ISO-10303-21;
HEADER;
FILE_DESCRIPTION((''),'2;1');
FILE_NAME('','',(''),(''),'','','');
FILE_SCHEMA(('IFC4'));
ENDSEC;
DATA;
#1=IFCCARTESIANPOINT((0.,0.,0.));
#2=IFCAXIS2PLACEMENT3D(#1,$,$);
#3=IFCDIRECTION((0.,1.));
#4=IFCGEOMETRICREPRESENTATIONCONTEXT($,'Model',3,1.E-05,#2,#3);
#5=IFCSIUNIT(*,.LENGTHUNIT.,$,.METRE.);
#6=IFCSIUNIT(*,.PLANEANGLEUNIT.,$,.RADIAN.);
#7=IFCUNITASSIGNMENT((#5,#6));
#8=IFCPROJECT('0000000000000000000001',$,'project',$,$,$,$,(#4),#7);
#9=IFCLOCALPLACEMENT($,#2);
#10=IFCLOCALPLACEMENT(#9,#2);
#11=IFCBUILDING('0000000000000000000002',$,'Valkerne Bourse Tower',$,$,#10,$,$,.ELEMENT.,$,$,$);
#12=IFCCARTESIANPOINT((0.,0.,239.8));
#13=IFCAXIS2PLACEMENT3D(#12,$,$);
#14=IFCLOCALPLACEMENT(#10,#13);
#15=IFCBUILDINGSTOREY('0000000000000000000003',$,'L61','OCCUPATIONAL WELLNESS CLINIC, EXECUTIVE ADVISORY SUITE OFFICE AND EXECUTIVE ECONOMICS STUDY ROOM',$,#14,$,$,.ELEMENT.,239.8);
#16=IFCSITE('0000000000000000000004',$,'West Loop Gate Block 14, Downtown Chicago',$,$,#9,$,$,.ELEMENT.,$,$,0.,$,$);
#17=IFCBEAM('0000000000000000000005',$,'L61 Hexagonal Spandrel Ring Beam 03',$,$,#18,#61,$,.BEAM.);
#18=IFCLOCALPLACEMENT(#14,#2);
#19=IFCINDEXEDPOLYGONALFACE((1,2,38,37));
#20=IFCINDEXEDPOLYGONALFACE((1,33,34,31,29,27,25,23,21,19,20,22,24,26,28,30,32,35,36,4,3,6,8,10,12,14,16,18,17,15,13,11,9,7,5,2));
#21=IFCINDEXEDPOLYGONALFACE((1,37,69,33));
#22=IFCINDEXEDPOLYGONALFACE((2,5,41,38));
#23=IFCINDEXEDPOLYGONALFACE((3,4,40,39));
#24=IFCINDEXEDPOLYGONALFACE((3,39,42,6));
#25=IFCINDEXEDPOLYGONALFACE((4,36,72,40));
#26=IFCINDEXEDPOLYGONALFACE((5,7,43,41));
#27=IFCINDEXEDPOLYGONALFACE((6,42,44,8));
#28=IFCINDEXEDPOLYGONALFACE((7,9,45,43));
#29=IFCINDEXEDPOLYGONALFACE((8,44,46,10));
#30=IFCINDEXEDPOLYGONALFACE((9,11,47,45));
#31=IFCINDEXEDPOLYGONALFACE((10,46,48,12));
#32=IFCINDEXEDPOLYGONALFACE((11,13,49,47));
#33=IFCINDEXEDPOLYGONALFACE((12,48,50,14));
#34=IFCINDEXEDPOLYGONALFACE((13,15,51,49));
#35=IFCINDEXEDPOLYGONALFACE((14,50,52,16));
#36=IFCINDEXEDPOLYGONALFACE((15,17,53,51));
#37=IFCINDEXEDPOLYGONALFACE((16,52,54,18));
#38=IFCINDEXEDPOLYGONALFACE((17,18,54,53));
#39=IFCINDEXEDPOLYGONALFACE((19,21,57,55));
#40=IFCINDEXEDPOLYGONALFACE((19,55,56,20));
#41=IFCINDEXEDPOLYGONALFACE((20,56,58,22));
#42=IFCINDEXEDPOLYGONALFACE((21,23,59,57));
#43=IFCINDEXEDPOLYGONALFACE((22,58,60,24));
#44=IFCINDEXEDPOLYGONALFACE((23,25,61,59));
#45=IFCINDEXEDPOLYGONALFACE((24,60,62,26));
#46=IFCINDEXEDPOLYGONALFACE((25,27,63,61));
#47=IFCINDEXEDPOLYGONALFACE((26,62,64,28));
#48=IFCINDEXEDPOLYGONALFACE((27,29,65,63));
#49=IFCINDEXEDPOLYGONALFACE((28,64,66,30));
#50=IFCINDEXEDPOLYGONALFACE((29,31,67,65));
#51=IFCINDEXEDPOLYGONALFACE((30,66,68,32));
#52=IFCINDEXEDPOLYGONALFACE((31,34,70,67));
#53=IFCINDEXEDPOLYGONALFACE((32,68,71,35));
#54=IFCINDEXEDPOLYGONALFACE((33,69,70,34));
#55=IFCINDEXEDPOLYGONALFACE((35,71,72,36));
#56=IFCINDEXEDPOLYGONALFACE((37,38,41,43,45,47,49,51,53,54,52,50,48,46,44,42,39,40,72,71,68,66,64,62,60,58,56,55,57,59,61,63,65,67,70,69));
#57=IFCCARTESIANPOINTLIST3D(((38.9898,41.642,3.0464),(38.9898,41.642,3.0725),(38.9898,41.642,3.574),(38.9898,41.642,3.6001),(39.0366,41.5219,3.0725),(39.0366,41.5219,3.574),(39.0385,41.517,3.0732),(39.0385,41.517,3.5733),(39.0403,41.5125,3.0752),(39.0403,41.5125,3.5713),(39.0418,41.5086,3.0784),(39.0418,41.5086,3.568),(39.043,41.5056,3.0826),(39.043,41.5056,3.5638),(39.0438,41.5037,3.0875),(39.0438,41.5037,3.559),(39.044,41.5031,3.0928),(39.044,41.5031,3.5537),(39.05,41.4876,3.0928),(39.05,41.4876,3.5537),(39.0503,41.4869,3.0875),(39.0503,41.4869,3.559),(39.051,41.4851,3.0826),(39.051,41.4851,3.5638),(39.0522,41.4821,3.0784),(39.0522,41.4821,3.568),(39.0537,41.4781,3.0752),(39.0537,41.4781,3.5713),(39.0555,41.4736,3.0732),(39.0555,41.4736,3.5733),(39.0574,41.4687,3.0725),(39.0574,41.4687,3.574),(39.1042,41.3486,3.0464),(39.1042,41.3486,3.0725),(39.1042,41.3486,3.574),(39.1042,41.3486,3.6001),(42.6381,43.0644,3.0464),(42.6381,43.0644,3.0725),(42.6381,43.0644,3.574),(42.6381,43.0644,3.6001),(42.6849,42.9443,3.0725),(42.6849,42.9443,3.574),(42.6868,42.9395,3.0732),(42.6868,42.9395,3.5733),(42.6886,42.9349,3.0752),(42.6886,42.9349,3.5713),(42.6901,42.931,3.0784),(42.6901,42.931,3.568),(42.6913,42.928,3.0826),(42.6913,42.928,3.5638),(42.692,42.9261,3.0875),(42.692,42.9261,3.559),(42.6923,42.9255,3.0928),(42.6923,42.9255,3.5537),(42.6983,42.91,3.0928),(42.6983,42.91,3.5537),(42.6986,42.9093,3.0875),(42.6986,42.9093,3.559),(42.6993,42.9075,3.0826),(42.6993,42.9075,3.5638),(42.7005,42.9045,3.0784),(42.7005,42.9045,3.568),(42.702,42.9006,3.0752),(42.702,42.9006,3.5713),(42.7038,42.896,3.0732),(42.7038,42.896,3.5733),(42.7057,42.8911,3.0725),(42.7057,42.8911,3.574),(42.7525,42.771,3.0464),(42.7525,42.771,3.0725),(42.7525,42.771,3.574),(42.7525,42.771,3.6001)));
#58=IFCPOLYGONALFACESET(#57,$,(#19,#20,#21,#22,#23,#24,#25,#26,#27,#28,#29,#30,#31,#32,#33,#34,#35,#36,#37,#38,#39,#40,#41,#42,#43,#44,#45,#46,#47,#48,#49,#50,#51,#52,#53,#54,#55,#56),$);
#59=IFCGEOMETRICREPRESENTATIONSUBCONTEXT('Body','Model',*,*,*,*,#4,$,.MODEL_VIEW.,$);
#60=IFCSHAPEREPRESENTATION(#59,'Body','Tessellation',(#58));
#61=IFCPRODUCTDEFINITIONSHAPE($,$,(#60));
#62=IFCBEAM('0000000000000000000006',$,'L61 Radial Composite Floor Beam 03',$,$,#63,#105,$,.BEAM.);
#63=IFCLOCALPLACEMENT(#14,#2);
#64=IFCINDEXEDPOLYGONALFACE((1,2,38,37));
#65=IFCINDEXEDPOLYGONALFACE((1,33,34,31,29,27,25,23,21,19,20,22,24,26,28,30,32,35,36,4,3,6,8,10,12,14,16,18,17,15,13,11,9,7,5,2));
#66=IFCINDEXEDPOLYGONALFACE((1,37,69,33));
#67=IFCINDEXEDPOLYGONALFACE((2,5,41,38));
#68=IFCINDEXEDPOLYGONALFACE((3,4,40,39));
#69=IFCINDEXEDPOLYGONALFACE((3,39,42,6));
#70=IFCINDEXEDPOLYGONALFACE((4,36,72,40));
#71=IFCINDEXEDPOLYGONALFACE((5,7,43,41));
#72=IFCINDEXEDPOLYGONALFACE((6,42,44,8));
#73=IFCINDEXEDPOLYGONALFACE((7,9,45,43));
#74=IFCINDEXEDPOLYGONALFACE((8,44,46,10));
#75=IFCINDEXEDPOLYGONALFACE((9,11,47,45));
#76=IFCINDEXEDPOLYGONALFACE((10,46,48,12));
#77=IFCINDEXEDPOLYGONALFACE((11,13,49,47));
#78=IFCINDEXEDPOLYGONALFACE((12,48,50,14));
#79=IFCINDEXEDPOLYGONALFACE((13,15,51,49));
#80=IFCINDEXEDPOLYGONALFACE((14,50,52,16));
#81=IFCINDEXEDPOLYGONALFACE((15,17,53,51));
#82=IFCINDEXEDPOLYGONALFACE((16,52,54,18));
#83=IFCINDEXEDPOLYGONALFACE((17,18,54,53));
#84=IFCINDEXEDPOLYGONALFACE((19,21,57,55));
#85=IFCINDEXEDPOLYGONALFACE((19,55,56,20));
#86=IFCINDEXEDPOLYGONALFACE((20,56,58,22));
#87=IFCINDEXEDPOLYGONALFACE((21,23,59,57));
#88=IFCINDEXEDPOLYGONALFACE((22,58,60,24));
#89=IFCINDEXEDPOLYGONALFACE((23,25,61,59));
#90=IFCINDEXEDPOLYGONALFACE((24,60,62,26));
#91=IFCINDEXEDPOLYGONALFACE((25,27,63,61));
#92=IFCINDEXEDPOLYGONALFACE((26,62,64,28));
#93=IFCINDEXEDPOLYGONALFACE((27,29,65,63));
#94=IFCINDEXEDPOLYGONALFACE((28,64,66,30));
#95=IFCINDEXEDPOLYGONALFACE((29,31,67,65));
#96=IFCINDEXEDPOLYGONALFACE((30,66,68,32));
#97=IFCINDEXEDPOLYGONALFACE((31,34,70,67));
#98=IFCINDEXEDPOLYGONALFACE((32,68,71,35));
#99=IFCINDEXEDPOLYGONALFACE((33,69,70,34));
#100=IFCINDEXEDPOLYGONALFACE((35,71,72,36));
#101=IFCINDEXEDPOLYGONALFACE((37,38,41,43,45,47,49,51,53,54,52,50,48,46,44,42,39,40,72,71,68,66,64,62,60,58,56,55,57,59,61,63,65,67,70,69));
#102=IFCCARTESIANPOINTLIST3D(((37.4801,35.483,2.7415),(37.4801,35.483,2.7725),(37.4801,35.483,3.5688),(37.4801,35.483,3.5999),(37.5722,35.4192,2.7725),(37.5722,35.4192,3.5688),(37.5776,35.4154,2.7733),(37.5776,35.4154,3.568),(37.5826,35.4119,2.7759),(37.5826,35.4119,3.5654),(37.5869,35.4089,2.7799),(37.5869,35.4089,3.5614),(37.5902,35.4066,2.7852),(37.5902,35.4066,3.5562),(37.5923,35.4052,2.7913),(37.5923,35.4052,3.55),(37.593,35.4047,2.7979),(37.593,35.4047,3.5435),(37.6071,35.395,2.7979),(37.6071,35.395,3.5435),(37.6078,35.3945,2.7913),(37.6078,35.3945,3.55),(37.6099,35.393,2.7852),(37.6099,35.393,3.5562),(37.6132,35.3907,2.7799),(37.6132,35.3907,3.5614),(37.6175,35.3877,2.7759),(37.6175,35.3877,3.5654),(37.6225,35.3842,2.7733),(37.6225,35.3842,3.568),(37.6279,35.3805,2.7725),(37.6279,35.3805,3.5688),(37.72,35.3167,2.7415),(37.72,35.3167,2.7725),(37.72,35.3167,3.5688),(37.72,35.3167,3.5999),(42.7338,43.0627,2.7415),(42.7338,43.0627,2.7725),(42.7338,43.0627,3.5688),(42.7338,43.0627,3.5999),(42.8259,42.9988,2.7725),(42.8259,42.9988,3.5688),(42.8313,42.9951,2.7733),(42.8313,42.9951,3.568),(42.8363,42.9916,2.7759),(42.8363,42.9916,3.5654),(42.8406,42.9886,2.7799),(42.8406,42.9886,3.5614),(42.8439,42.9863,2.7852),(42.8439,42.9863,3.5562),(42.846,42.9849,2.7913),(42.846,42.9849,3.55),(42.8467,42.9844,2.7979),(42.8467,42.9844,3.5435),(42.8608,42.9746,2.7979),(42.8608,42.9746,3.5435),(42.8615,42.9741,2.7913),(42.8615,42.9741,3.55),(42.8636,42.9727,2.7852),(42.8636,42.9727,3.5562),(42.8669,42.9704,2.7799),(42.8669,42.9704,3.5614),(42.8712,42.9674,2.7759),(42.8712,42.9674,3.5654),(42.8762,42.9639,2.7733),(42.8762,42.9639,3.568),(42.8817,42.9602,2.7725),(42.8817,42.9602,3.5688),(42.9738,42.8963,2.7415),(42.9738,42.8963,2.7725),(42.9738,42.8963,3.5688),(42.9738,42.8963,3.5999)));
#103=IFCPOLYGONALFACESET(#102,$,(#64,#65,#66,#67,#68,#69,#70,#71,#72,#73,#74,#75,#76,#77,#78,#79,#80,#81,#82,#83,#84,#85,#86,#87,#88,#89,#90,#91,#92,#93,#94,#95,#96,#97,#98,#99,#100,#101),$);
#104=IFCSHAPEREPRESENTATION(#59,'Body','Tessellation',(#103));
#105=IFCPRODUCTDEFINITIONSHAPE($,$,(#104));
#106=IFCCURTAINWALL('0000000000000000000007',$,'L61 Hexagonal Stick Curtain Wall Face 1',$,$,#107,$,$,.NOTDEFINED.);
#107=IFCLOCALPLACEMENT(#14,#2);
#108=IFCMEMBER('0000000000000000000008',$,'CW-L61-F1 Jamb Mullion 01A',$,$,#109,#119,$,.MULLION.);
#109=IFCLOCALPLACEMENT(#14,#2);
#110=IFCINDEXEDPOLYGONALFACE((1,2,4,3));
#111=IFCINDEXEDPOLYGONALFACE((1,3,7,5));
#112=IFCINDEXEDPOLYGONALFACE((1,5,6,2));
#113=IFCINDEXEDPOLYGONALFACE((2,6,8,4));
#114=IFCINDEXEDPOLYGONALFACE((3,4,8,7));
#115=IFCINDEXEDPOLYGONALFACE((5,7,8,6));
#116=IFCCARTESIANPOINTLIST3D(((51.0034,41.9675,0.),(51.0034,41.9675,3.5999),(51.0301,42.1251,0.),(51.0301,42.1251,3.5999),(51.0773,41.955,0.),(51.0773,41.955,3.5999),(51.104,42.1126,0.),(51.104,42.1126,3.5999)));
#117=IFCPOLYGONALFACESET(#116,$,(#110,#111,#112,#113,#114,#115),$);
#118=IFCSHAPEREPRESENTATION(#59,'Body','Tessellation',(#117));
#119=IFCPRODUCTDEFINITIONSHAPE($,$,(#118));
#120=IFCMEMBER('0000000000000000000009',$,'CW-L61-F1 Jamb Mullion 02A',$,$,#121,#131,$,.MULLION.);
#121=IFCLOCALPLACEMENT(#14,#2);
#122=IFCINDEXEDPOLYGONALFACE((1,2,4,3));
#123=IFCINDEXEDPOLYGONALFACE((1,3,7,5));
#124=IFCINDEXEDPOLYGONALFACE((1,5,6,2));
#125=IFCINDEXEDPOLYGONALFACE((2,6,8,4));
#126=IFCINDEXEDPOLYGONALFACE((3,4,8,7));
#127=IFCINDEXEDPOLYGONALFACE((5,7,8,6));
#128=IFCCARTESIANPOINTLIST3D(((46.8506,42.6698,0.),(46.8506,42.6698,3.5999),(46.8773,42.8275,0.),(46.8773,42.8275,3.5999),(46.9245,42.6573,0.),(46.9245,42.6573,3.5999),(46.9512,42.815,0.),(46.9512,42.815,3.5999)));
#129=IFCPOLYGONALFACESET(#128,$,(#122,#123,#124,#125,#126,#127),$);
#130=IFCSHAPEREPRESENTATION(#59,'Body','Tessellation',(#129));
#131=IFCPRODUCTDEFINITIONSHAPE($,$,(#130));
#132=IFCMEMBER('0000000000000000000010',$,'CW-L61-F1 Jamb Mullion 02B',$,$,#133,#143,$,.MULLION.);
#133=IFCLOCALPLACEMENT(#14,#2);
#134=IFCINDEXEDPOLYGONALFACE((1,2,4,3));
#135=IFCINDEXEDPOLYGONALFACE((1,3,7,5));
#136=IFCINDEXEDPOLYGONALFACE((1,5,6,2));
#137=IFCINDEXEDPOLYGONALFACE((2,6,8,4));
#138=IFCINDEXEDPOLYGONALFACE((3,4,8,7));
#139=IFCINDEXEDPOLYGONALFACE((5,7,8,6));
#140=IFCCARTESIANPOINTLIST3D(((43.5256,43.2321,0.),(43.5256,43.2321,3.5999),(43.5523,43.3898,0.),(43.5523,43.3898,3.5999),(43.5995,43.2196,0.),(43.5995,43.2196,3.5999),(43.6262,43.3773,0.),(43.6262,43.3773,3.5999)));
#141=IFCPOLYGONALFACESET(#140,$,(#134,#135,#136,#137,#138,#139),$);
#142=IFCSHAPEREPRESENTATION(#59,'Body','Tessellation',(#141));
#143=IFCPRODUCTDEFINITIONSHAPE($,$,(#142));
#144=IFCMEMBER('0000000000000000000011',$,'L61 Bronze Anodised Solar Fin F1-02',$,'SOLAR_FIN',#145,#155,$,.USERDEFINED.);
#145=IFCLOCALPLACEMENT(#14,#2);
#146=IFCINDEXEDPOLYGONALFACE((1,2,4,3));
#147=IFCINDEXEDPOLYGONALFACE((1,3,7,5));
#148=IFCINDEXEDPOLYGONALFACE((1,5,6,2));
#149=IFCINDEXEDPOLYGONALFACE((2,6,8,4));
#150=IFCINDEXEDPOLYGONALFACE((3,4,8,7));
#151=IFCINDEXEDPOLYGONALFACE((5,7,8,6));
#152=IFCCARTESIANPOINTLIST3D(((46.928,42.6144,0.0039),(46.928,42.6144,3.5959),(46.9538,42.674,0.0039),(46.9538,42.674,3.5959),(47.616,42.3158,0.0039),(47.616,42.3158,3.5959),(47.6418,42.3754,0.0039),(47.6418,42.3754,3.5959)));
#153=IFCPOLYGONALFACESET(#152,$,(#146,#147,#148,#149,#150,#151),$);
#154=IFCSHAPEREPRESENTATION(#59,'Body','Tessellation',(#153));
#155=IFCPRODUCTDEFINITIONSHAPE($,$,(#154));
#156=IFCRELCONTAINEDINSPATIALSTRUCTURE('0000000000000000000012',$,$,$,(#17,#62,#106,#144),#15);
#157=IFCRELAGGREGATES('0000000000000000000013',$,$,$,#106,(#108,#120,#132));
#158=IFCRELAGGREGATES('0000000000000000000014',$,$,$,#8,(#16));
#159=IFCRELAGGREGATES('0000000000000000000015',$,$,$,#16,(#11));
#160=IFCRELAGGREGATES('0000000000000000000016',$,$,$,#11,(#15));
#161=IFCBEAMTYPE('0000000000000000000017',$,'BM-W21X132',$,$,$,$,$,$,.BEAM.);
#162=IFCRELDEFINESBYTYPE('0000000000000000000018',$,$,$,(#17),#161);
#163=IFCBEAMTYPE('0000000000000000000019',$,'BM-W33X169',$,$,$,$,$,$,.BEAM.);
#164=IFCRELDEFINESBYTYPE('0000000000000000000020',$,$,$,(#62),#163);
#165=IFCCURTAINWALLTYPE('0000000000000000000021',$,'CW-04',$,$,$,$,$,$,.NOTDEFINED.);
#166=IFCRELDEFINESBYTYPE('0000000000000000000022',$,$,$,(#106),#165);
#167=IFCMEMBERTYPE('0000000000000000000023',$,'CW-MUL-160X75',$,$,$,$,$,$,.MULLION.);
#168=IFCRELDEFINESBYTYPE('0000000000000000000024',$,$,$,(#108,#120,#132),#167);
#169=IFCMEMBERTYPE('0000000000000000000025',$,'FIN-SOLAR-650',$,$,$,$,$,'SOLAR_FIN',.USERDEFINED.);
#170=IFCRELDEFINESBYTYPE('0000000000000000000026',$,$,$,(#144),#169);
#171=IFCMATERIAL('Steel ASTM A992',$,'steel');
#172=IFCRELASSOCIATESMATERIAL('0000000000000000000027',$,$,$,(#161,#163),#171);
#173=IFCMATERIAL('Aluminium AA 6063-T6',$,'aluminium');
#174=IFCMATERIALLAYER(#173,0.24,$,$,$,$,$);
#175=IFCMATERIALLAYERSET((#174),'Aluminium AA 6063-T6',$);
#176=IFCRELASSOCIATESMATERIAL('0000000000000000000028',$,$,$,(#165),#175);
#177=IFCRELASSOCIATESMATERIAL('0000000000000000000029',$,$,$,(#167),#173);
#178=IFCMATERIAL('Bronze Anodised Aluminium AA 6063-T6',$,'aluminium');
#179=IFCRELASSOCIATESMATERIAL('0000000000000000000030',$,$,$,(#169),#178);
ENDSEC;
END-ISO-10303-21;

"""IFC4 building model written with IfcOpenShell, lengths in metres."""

from ifc_helpers import new_model, si_unit, direction, frame, origin, origin_2d, place, context, subcontext, project, spatial, rectangle, i_section, extrude, material, layer, layer_set, material_profile, profile_set, type_object, element, aggregate, save


model = new_model("IFC4")

# Units and contexts
model_context = context("Model", 3, precision=1e-05, world=origin(), true_north=direction((0.0, 1.0)))
body_context = subcontext(model_context, "Body", "Model", "MODEL_VIEW")
ifc_project = project(units=[si_unit("LENGTHUNIT", "METRE"), si_unit("PLANEANGLEUNIT", "RADIAN")], contexts=[model_context])

# Site, building, storey
site_placement = place(None, origin())
site = spatial("IfcSite", under=ifc_project, at=site_placement, Name="West Loop Gate Block 14, Downtown Chicago", CompositionType="ELEMENT", RefElevation=0.0)
building_placement = place(site_placement, origin())
building = spatial("IfcBuilding", under=site, at=building_placement, Name="Valkerne Bourse Tower", CompositionType="ELEMENT")
storey_placement = place(building_placement, frame((0.0, 0.0, 239.8)))
storey = spatial("IfcBuildingStorey", under=building, at=storey_placement, Name="L61", Description="OCCUPATIONAL WELLNESS CLINIC, EXECUTIVE ADVISORY SUITE OFFICE AND EXECUTIVE ECONOMICS STUDY ROOM", CompositionType="ELEMENT", Elevation=239.8)

# Beams
ifc_material_1 = material(Name="Steel ASTM A992", Category="steel")
ifc_material_profile_1 = material_profile(ifc_material_1, i_section(OverallWidth=0.3149, OverallDepth=0.5537, WebThickness=0.0166, FlangeThickness=0.0261, FilletRadius=0.0203, at=origin_2d()), Name="W21X132")
ifc_profile_set_1 = profile_set([ifc_material_profile_1], Name="Steel ASTM A992")
beam_type_1 = type_object("IfcBeamType", Name="BM-W21X132", PredefinedType="BEAM", material=ifc_profile_set_1)
beam_1_placement = place(storey_placement, frame((42.6953, 42.9177, 3.3232), z_axis=(-0.931692, -0.363249, 0.0), x_axis=(0.363249, -0.931692, 0.0)))
element("IfcBeam", 1, at=beam_1_placement, inside=storey, type_object=beam_type_1, Name="L61 Hexagonal Spandrel Ring Beam 03", PredefinedType="BEAM", context=body_context, shape_type="SweptSolid", body=[
    extrude(i_section(OverallWidth=0.3149, OverallDepth=0.5537, WebThickness=0.0166, FlangeThickness=0.0261, FilletRadius=0.0203, at=origin_2d()), origin(), (0.0, 0.0, 1.0), 3.9158),
])
ifc_material_profile_2 = material_profile(ifc_material_1, i_section(OverallWidth=0.292, OverallDepth=0.8584, WebThickness=0.0171, FlangeThickness=0.031, FilletRadius=0.0254, at=origin_2d()), Name="W33X169")
ifc_profile_set_2 = profile_set([ifc_material_profile_2], Name="Steel ASTM A992")
beam_type_2 = type_object("IfcBeamType", Name="BM-W33X169", PredefinedType="BEAM", material=ifc_profile_set_2)
beam_2_placement = place(storey_placement, frame((42.8538, 42.9795, 3.1707), z_axis=(-0.569668, -0.821875, 0.0), x_axis=(0.821875, -0.569668, 0.0)))
element("IfcBeam", 2, at=beam_2_placement, inside=storey, type_object=beam_type_2, Name="L61 Radial Composite Floor Beam 03", PredefinedType="BEAM", context=body_context, shape_type="SweptSolid", body=[
    extrude(i_section(OverallWidth=0.292, OverallDepth=0.8584, WebThickness=0.0171, FlangeThickness=0.031, FilletRadius=0.0254, at=origin_2d()), origin(), (0.0, 0.0, 1.0), 9.2224),
])

# Curtain wall, members
ifc_material_2 = material(Name="Aluminium AA 6063-T6", Category="aluminium")
ifc_layer_1 = layer(ifc_material_2, 0.24)
ifc_layer_set_1 = layer_set([ifc_layer_1], Name="Aluminium AA 6063-T6")
curtain_wall_type = type_object("IfcCurtainWallType", Name="CW-04", PredefinedType="NOTDEFINED", material=ifc_layer_set_1)
curtain_wall_placement = place(storey_placement, origin())
curtain_wall = element("IfcCurtainWall", 3, at=curtain_wall_placement, inside=storey, type_object=curtain_wall_type, Name="L61 Hexagonal Stick Curtain Wall Face 1", PredefinedType="NOTDEFINED")
ifc_material_profile_3 = material_profile(ifc_material_2, rectangle(XDim=0.075, YDim=0.1599, at=origin_2d()), Name="CWM-75X160")
ifc_profile_set_3 = profile_set([ifc_material_profile_3], Name="Aluminium AA 6063-T6")
member_type_1 = type_object("IfcMemberType", Name="CW-MUL-160X75", PredefinedType="MULLION", material=ifc_profile_set_3)
member_1_placement = place(storey_placement, frame((51.0537, 42.04, 0.0), z_axis=(0.0, 0.0, 1.0), x_axis=(-0.985997, 0.166762, 0.0)))
member_1 = element("IfcMember", 4, at=member_1_placement, type_object=member_type_1, Name="CW-L61-F1 Jamb Mullion 01A", PredefinedType="MULLION", context=body_context, shape_type="SweptSolid", body=[
    extrude(rectangle(XDim=0.075, YDim=0.1599, at=origin_2d()), origin(), (0.0, 0.0, 1.0), 3.5999),
])
member_2_placement = place(storey_placement, frame((46.9009, 42.7424, 0.0), z_axis=(0.0, 0.0, 1.0), x_axis=(-0.985997, 0.166762, 0.0)))
member_2 = element("IfcMember", 5, at=member_2_placement, type_object=member_type_1, Name="CW-L61-F1 Jamb Mullion 02A", PredefinedType="MULLION", context=body_context, shape_type="SweptSolid", body=[
    extrude(rectangle(XDim=0.075, YDim=0.1599, at=origin_2d()), origin(), (0.0, 0.0, 1.0), 3.5999),
])
member_3_placement = place(storey_placement, frame((43.5759, 43.3047, 0.0), z_axis=(0.0, 0.0, 1.0), x_axis=(-0.985997, 0.166762, 0.0)))
member_3 = element("IfcMember", 6, at=member_3_placement, type_object=member_type_1, Name="CW-L61-F1 Jamb Mullion 02B", PredefinedType="MULLION", context=body_context, shape_type="SweptSolid", body=[
    extrude(rectangle(XDim=0.075, YDim=0.1599, at=origin_2d()), origin(), (0.0, 0.0, 1.0), 3.5999),
])

# Member
ifc_material_3 = material(Name="Bronze Anodised Aluminium AA 6063-T6", Category="aluminium")
ifc_material_profile_4 = material_profile(ifc_material_3, rectangle(XDim=0.0649, YDim=0.75, at=origin_2d()), Name="FIN-65X750")
ifc_profile_set_4 = profile_set([ifc_material_profile_4], Name="Bronze Anodised Aluminium AA 6063-T6")
member_type_2 = type_object("IfcMemberType", Name="FIN-SOLAR-650", ElementType="SOLAR_FIN", PredefinedType="USERDEFINED", material=ifc_profile_set_4)
member_4_placement = place(storey_placement, frame((47.2849, 42.4949, 0.0039), z_axis=(0.0, 0.0, 1.0), x_axis=(0.398108, 0.917338, 0.0)))
element("IfcMember", 7, at=member_4_placement, inside=storey, type_object=member_type_2, Name="L61 Bronze Anodised Solar Fin F1-02", ObjectType="SOLAR_FIN", PredefinedType="USERDEFINED", context=body_context, shape_type="SweptSolid", body=[
    extrude(rectangle(XDim=0.0649, YDim=0.75, at=origin_2d()), origin(), (0.0, 0.0, 1.0), 3.592),
])

aggregate(curtain_wall, [member_1, member_2, member_3])

save(model, "model.ifc")
